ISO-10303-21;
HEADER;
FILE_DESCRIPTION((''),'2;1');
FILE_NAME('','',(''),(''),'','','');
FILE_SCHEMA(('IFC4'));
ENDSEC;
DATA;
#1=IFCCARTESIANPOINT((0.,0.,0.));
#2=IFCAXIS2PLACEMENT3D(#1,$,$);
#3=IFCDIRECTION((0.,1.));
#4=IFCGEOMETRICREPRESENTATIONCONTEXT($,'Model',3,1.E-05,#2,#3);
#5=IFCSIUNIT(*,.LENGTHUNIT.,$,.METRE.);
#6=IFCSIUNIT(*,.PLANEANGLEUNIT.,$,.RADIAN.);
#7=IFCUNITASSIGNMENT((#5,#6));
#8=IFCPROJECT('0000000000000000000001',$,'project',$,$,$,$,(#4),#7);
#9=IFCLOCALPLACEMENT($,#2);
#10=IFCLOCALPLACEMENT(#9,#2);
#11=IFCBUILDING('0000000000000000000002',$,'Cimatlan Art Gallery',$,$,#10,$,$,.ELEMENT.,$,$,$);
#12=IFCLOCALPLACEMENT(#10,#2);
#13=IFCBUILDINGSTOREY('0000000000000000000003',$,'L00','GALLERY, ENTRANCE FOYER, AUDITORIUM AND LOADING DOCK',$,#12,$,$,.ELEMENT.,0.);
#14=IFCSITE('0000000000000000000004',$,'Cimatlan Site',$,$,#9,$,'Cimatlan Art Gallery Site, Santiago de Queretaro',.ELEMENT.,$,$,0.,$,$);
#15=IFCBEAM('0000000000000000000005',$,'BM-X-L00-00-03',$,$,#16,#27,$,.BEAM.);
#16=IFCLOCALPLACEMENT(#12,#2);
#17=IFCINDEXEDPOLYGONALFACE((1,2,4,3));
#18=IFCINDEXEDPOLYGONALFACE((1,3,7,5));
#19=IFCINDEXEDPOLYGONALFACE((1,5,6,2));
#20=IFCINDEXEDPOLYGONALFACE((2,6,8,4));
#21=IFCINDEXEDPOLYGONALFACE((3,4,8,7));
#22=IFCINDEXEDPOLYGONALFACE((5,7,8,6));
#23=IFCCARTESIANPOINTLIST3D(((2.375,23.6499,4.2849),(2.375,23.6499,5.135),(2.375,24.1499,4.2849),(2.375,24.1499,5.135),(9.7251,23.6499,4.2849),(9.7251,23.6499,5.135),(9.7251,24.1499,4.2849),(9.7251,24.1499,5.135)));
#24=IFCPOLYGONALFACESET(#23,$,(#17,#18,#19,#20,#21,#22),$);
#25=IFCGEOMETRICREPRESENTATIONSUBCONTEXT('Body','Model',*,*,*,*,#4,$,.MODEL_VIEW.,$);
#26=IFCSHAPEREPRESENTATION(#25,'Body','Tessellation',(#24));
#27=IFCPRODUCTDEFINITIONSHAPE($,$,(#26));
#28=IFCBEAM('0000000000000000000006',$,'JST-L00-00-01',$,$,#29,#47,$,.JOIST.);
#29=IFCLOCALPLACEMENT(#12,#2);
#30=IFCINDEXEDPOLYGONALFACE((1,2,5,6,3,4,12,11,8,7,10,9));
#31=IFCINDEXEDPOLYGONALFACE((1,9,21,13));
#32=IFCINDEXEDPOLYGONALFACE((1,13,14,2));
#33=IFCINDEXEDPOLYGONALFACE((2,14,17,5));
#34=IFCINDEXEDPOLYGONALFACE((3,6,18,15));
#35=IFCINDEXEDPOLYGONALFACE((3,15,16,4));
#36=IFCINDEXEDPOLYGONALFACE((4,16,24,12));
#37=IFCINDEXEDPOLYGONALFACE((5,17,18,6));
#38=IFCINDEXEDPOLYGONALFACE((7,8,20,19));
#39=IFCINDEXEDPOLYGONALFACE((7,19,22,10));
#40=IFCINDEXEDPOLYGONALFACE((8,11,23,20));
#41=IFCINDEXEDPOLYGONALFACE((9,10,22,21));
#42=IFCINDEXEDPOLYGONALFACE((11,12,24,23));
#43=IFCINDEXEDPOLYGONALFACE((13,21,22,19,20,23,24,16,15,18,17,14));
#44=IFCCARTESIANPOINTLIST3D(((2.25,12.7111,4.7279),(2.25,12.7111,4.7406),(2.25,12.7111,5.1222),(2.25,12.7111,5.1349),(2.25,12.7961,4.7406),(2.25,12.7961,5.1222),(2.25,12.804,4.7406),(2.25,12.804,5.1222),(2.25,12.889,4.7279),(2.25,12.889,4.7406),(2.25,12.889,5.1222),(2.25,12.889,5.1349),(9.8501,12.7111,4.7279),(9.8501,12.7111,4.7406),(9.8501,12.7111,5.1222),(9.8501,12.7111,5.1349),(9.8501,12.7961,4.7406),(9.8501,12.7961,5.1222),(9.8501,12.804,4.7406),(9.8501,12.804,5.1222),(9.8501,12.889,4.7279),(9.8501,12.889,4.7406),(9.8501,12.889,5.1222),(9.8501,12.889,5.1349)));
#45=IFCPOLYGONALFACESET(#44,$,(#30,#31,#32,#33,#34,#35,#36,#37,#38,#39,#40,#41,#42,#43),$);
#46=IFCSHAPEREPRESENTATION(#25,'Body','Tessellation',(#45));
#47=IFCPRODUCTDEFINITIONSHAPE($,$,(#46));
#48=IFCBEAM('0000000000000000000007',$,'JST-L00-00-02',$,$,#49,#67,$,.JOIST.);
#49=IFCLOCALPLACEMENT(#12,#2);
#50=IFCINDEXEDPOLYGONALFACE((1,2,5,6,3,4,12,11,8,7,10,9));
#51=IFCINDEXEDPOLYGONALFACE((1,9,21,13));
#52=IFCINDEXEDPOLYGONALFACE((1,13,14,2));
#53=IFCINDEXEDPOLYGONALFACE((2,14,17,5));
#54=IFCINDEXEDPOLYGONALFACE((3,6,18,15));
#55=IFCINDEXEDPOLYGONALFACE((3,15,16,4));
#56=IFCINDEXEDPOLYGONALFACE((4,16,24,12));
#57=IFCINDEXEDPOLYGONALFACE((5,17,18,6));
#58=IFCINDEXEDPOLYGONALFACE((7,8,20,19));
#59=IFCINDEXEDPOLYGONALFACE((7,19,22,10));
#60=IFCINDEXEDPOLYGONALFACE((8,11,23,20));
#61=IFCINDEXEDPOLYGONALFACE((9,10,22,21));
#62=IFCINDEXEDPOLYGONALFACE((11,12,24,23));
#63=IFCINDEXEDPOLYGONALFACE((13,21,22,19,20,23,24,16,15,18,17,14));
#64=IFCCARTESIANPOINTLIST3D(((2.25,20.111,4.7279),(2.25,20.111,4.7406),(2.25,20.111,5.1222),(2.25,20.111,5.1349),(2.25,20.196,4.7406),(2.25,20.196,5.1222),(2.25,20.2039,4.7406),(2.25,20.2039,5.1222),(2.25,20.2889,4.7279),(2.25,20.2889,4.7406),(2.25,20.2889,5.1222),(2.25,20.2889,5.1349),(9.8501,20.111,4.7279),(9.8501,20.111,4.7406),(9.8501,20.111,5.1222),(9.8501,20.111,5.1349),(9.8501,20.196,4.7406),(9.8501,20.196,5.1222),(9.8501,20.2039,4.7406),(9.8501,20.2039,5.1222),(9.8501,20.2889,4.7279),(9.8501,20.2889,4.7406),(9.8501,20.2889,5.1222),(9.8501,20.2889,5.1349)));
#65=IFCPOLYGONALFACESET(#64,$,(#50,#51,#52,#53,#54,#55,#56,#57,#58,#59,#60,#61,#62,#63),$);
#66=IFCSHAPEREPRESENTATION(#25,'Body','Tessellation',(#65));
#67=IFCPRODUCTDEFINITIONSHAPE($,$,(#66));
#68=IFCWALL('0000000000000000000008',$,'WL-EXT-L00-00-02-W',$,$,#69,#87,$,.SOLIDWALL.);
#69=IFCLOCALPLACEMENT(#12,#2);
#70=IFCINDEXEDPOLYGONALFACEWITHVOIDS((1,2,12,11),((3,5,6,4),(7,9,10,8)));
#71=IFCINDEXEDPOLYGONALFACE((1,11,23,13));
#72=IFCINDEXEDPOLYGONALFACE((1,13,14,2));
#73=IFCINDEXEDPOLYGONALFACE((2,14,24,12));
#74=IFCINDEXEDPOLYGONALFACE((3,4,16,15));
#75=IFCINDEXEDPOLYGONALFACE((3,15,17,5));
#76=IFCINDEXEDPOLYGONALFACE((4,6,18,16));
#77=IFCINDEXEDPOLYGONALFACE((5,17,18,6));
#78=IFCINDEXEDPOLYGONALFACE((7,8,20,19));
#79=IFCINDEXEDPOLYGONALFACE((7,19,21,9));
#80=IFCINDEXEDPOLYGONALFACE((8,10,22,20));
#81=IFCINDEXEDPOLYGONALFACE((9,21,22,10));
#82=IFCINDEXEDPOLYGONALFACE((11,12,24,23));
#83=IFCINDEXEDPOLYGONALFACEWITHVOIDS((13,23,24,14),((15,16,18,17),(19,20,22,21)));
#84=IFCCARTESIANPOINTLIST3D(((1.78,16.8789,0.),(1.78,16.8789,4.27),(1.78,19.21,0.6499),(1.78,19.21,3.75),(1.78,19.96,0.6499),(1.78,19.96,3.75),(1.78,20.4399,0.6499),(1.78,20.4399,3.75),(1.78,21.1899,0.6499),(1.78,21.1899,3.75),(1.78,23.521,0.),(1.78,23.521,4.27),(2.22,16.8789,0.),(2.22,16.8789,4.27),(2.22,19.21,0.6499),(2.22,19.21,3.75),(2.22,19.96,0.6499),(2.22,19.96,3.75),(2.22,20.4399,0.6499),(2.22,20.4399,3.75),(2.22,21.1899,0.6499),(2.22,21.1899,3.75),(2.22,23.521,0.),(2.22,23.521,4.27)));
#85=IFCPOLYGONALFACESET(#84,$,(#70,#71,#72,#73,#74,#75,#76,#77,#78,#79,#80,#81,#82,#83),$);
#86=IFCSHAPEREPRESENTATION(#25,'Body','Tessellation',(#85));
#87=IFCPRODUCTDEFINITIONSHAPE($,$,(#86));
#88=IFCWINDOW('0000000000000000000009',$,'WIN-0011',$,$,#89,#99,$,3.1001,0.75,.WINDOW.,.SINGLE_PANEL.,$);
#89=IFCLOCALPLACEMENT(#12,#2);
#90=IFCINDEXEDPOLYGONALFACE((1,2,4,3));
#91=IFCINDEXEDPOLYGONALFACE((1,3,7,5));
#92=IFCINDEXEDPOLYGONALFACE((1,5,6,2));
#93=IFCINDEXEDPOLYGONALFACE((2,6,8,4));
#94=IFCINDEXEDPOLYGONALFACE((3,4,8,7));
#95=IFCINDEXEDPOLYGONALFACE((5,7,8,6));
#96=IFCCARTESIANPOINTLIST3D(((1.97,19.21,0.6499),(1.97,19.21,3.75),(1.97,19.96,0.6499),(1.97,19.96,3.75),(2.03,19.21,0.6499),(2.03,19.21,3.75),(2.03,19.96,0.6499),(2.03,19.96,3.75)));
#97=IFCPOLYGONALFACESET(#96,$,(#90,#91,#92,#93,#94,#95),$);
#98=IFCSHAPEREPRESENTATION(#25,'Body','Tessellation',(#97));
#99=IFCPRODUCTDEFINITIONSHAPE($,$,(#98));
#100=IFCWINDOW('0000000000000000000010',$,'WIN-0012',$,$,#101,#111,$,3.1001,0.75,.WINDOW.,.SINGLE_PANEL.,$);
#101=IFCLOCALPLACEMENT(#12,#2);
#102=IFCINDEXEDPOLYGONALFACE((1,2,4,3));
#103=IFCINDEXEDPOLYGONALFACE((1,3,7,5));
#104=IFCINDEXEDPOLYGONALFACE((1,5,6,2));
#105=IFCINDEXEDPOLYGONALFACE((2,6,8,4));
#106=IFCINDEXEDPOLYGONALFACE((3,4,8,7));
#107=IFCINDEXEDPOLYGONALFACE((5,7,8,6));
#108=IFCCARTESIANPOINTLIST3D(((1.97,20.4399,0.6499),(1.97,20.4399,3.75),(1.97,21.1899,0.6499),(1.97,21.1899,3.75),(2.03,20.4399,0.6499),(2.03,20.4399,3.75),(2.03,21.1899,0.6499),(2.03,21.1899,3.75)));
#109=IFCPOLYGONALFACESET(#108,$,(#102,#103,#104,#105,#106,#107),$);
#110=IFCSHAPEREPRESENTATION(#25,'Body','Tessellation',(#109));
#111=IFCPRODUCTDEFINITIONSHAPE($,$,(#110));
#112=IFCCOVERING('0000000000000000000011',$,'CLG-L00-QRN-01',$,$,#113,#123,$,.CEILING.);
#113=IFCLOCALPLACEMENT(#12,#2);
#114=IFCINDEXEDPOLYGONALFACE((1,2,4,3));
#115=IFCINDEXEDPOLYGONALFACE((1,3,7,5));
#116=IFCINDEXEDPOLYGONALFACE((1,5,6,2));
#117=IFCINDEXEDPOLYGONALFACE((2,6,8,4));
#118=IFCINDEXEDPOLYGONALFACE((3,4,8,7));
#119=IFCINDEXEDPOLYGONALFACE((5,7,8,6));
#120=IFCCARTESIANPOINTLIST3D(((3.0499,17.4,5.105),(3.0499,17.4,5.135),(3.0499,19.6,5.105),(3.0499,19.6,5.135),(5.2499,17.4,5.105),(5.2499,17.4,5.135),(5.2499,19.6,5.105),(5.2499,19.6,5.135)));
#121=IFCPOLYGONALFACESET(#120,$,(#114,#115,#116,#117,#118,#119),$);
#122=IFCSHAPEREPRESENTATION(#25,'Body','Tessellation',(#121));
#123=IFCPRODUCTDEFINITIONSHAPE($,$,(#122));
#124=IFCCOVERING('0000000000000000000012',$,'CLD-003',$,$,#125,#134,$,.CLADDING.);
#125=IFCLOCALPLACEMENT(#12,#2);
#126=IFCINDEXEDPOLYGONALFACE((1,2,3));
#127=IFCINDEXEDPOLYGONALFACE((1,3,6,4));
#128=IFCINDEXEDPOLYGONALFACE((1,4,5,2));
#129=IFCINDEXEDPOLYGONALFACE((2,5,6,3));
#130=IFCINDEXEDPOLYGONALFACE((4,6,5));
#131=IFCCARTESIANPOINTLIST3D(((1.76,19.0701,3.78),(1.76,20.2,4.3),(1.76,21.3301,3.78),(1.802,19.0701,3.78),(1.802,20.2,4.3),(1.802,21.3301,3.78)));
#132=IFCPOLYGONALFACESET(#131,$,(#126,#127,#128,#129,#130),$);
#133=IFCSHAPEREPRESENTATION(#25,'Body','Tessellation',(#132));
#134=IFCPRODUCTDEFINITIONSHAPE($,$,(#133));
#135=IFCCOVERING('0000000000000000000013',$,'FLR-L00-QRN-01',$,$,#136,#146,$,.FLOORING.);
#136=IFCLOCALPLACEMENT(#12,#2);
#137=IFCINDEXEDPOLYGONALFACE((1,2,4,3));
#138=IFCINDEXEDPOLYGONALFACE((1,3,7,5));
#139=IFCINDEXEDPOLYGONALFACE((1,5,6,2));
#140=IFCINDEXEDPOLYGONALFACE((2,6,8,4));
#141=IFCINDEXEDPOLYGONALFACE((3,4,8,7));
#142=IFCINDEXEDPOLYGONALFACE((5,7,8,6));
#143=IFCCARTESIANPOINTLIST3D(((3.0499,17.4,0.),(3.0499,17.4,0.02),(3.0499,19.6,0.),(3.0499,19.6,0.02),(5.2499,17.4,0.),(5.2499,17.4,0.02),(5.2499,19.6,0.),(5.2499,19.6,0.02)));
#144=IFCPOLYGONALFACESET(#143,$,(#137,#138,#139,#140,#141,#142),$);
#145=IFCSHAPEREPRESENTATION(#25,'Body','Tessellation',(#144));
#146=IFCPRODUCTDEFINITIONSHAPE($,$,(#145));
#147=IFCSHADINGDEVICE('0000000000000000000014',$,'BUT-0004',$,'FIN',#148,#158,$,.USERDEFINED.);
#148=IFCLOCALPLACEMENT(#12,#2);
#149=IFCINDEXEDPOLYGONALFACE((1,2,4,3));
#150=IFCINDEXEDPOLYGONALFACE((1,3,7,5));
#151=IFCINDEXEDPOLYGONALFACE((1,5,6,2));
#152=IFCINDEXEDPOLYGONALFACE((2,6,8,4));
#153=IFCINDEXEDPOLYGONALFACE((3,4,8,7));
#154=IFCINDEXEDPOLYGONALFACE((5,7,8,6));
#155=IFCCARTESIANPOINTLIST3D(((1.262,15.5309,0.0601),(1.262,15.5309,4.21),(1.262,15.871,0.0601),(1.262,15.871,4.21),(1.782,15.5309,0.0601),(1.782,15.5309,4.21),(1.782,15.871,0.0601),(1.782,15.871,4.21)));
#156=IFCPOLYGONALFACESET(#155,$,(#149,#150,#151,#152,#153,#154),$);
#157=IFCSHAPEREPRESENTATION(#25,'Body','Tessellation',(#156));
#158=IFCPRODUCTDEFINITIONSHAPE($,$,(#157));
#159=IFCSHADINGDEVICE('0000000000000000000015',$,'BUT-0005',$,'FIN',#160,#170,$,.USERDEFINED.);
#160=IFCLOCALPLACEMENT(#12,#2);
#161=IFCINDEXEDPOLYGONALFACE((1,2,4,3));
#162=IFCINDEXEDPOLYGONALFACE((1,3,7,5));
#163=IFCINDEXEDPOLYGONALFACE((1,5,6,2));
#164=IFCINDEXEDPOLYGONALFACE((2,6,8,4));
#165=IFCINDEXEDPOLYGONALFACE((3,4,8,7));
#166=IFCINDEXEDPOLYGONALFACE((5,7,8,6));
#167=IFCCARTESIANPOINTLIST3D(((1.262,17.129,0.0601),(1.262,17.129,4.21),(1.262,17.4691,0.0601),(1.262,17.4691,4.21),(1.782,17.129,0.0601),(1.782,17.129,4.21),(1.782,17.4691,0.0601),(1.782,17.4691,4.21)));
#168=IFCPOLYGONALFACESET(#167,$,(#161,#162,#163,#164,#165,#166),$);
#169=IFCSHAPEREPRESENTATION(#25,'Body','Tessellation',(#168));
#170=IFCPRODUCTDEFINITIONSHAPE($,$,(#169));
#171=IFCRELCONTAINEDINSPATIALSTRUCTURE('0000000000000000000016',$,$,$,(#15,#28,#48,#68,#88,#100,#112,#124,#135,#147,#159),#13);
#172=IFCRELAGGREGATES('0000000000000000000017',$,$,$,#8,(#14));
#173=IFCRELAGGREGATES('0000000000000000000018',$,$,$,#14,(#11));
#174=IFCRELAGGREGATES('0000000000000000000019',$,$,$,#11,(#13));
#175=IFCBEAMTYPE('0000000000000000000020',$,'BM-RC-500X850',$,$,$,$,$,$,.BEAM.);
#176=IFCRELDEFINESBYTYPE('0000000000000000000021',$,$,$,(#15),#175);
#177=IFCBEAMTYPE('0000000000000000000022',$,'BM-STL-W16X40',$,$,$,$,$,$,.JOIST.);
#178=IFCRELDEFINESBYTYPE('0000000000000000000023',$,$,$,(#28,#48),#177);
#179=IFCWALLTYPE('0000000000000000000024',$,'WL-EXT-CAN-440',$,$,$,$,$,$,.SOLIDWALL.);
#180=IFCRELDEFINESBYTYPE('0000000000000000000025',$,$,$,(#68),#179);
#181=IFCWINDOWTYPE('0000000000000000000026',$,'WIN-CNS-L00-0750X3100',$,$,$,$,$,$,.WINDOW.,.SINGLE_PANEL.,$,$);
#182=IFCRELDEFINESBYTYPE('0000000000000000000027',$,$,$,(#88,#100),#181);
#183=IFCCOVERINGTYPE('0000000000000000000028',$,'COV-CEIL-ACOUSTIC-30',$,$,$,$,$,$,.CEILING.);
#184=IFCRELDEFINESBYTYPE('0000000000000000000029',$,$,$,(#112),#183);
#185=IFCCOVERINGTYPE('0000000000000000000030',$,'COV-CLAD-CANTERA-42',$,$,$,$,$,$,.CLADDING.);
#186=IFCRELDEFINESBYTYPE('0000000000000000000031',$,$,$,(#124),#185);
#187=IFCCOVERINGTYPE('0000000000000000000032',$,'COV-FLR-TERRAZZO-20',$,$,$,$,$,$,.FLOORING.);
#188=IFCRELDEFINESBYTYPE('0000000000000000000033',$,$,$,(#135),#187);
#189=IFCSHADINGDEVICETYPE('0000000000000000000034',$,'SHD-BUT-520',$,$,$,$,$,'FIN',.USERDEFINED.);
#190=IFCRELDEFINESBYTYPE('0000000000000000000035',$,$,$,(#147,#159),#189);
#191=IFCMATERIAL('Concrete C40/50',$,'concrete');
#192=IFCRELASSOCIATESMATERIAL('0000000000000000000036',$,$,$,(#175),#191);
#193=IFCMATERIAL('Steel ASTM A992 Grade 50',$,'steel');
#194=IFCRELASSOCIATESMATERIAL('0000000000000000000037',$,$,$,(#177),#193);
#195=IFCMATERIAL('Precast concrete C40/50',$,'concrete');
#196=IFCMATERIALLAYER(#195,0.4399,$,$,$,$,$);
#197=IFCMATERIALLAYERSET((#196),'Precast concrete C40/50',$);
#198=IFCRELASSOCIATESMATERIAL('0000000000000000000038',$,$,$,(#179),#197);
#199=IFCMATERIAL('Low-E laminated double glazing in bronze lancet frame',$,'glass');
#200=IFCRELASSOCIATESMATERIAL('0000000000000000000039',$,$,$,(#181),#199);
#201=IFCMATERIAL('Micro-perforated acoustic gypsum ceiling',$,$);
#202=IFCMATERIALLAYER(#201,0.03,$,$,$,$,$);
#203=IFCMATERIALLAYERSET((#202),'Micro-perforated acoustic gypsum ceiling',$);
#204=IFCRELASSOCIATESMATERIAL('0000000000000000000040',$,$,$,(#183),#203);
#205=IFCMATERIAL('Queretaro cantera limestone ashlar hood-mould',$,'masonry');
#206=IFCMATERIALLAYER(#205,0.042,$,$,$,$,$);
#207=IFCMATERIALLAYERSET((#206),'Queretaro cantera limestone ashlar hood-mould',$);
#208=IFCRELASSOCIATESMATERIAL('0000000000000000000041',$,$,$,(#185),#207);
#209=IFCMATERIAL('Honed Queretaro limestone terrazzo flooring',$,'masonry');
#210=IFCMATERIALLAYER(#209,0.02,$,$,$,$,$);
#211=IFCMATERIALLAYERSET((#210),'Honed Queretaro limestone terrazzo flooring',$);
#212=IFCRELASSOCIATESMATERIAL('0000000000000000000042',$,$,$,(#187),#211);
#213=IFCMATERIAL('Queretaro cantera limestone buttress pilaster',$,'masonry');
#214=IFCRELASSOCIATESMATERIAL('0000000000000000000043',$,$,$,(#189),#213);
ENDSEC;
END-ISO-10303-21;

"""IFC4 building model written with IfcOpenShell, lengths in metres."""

from ifc_helpers import new_model, si_unit, direction, frame, frame_2d, origin, origin_2d, place, context, subcontext, project, spatial, polyline, rectangle, i_section, outline, extrude, material, layer, layer_set, material_profile, profile_set, type_object, element, fill, save


model = new_model("IFC4")

# Units and contexts
model_context = context("Model", 3, precision=1e-05, world=origin(), true_north=direction((0.0, 1.0)))
body_context = subcontext(model_context, "Body", "Model", "MODEL_VIEW")
ifc_project = project(units=[si_unit("LENGTHUNIT", "METRE"), si_unit("PLANEANGLEUNIT", "RADIAN")], contexts=[model_context])

# Site, building, storey
site_placement = place(None, origin())
site = spatial("IfcSite", under=ifc_project, at=site_placement, Name="Cimatlan Site", LongName="Cimatlan Art Gallery Site, Santiago de Queretaro", CompositionType="ELEMENT", RefElevation=0.0)
building_placement = place(site_placement, origin())
building = spatial("IfcBuilding", under=site, at=building_placement, Name="Cimatlan Art Gallery", CompositionType="ELEMENT")
storey_placement = place(building_placement, origin())
storey = spatial("IfcBuildingStorey", under=building, at=storey_placement, Name="L00", Description="GALLERY, ENTRANCE FOYER, AUDITORIUM AND LOADING DOCK", CompositionType="ELEMENT", Elevation=0.0)

# Shared definitions
ifc_material_1 = material(Name="Concrete C40/50", Category="concrete")

# Beams
ifc_material_profile_1 = material_profile(ifc_material_1, rectangle(XDim=0.5, YDim=0.8501, at=origin_2d()), Name="RC500X850")
ifc_profile_set_1 = profile_set([ifc_material_profile_1], Name="Concrete C40/50")
beam_type_1 = type_object("IfcBeamType", Name="BM-RC-500X850", PredefinedType="BEAM", material=ifc_profile_set_1)
for number, where, z_axis, x_axis, name in (
    (1, (2.375, 23.8999, 4.71), (1.0, 0.0, 0.0), (0.0, 1.0, 0.0), "BM-X-L00-00-03"),
):
    element("IfcBeam", number, at=place(storey_placement, frame(where, z_axis=z_axis, x_axis=x_axis)), inside=storey, type_object=beam_type_1, Name=name, PredefinedType="BEAM", context=body_context, shape_type="SweptSolid", body=[
        extrude(rectangle(XDim=0.5, YDim=0.8501, at=origin_2d()), origin(), (0.0, 0.0, 1.0), 7.3501),
    ])
ifc_material_2 = material(Name="Steel ASTM A992 Grade 50", Category="steel")
ifc_material_profile_2 = material_profile(ifc_material_2, i_section(OverallWidth=0.178, OverallDepth=0.407, WebThickness=0.0078, FlangeThickness=0.0127, at=origin_2d()), Name="W16X40")
ifc_profile_set_2 = profile_set([ifc_material_profile_2], Name="Steel ASTM A992 Grade 50")
beam_type_2 = type_object("IfcBeamType", Name="BM-STL-W16X40", PredefinedType="JOIST", material=ifc_profile_set_2)
for number, where, z_axis, x_axis, name in (
    (2, (2.25, 12.8, 4.9314), (1.0, 0.0, 0.0), (0.0, 1.0, 0.0), "JST-L00-00-01"),
    (3, (2.25, 20.2, 4.9314), (1.0, 0.0, 0.0), (0.0, 1.0, 0.0), "JST-L00-00-02"),
):
    element("IfcBeam", number, at=place(storey_placement, frame(where, z_axis=z_axis, x_axis=x_axis)), inside=storey, type_object=beam_type_2, Name=name, PredefinedType="JOIST", context=body_context, shape_type="SweptSolid", body=[
        extrude(i_section(OverallWidth=0.178, OverallDepth=0.407, WebThickness=0.0078, FlangeThickness=0.0127, at=origin_2d()), origin(), (0.0, 0.0, 1.0), 7.6001),
    ])

# Shared definitions
ifc_material_3 = material(Name="Precast concrete C40/50", Category="concrete")

# Wall, openings, windows
ifc_layer_1 = layer(ifc_material_3, 0.4399)
ifc_layer_set_1 = layer_set([ifc_layer_1], Name="Precast concrete C40/50")
wall_type_1 = type_object("IfcWallType", Name="WL-EXT-CAN-440", PredefinedType="SOLIDWALL", material=ifc_layer_set_1)
wall_1_placement = place(storey_placement, frame((2.0, 16.8789, 0.0), z_axis=(0.0, 0.0, 1.0), x_axis=(0.0, 1.0, 0.0)))
wall_1 = element("IfcWall", 4, at=wall_1_placement, inside=storey, type_object=wall_type_1, Name="WL-EXT-L00-00-02-W", PredefinedType="SOLIDWALL", context=body_context, shape_type="SweptSolid", body=[
    extrude(rectangle(XDim=6.6421, YDim=0.4399, at=frame_2d((3.321, 0.0))), origin(), (0.0, 0.0, 1.0), 4.27),
])
opening_1_placement = place(wall_1_placement, frame((2.3311, 0.0, 0.6499)))
opening_1 = element("IfcOpeningElement", 5, at=opening_1_placement, cuts=wall_1, PredefinedType="OPENING", context=body_context, shape_type="SweptSolid", body=[
    extrude(rectangle(XDim=0.75, YDim=3.1001, at=frame_2d((0.375, 1.55))), frame((0.0, 0.23, 0.0), z_axis=(0.0, -1.0, 0.0), x_axis=(1.0, 0.0, 0.0)), (0.0, 0.0, 1.0), 0.46),
])
opening_2_placement = place(wall_1_placement, frame((3.561, 0.0, 0.6499)))
opening_2 = element("IfcOpeningElement", 6, at=opening_2_placement, cuts=wall_1, PredefinedType="OPENING", context=body_context, shape_type="SweptSolid", body=[
    extrude(rectangle(XDim=0.75, YDim=3.1001, at=frame_2d((0.375, 1.55))), frame((0.0, 0.23, 0.0), z_axis=(0.0, -1.0, 0.0), x_axis=(1.0, 0.0, 0.0)), (0.0, 0.0, 1.0), 0.46),
])
ifc_material_4 = material(Name="Low-E laminated double glazing in bronze lancet frame", Category="glass")
window_type = type_object("IfcWindowType", Name="WIN-CNS-L00-0750X3100", PartitioningType="SINGLE_PANEL", PredefinedType="WINDOW", material=ifc_material_4)
window_1_placement = place(opening_1_placement, origin())
window_1 = element("IfcWindow", 7, at=window_1_placement, inside=storey, type_object=window_type, Name="WIN-0011", OverallHeight=3.1001, OverallWidth=0.75, PartitioningType="SINGLE_PANEL", PredefinedType="WINDOW", context=body_context, shape_type="SweptSolid", body=[
    extrude(rectangle(XDim=0.75, YDim=3.1001, at=frame_2d((0.375, 1.55))), frame((0.0, 0.03, 0.0), z_axis=(0.0, -1.0, 0.0), x_axis=(1.0, 0.0, 0.0)), (0.0, 0.0, 1.0), 0.0601),
])
fill(opening_1, window_1)
window_2_placement = place(opening_2_placement, origin())
window_2 = element("IfcWindow", 8, at=window_2_placement, inside=storey, type_object=window_type, Name="WIN-0012", OverallHeight=3.1001, OverallWidth=0.75, PartitioningType="SINGLE_PANEL", PredefinedType="WINDOW", context=body_context, shape_type="SweptSolid", body=[
    extrude(rectangle(XDim=0.75, YDim=3.1001, at=frame_2d((0.375, 1.55))), frame((0.0, 0.03, 0.0), z_axis=(0.0, -1.0, 0.0), x_axis=(1.0, 0.0, 0.0)), (0.0, 0.0, 1.0), 0.0601),
])
fill(opening_2, window_2)

# Coverings
ifc_material_5 = material(Name="Micro-perforated acoustic gypsum ceiling")
ifc_layer_2 = layer(ifc_material_5, 0.03)
ifc_layer_set_2 = layer_set([ifc_layer_2], Name="Micro-perforated acoustic gypsum ceiling")
covering_type_1 = type_object("IfcCoveringType", Name="COV-CEIL-ACOUSTIC-30", PredefinedType="CEILING", material=ifc_layer_set_2)
covering_1_placement = place(storey_placement, frame((4.1499, 18.5, 5.105), z_axis=(0.0, 0.0, 1.0), x_axis=(1.0, 0.0, 0.0)))
element("IfcCovering", 9, at=covering_1_placement, inside=storey, type_object=covering_type_1, Name="CLG-L00-QRN-01", PredefinedType="CEILING", context=body_context, shape_type="SweptSolid", body=[
    extrude(rectangle(XDim=2.2, YDim=2.2, at=origin_2d()), origin(), (0.0, 0.0, 1.0), 0.03),
])
ifc_material_6 = material(Name="Queretaro cantera limestone ashlar hood-mould", Category="masonry")
ifc_layer_3 = layer(ifc_material_6, 0.042)
ifc_layer_set_3 = layer_set([ifc_layer_3], Name="Queretaro cantera limestone ashlar hood-mould")
covering_type_2 = type_object("IfcCoveringType", Name="COV-CLAD-CANTERA-42", PredefinedType="CLADDING", material=ifc_layer_set_3)
covering_2_placement = place(storey_placement, frame((1.802, 19.0701, 3.78), z_axis=(1.0, 0.0, 0.0), x_axis=(0.0, 1.0, 0.0)))
element("IfcCovering", 10, at=covering_2_placement, inside=storey, type_object=covering_type_2, Name="CLD-003", PredefinedType="CLADDING", context=body_context, shape_type="SweptSolid", body=[
    extrude(outline(polyline([(0.0, 0.0), (2.26, 0.0), (1.1299, 0.52), (0.0, 0.0)])), origin(), (0.0, 0.0, -1.0), 0.042),
])
ifc_material_7 = material(Name="Honed Queretaro limestone terrazzo flooring", Category="masonry")
ifc_layer_4 = layer(ifc_material_7, 0.02)
ifc_layer_set_4 = layer_set([ifc_layer_4], Name="Honed Queretaro limestone terrazzo flooring")
covering_type_3 = type_object("IfcCoveringType", Name="COV-FLR-TERRAZZO-20", PredefinedType="FLOORING", material=ifc_layer_set_4)
covering_3_placement = place(storey_placement, frame((4.1499, 18.5, 0.0), z_axis=(0.0, 0.0, 1.0), x_axis=(1.0, 0.0, 0.0)))
element("IfcCovering", 11, at=covering_3_placement, inside=storey, type_object=covering_type_3, Name="FLR-L00-QRN-01", PredefinedType="FLOORING", context=body_context, shape_type="SweptSolid", body=[
    extrude(rectangle(XDim=2.2, YDim=2.2, at=origin_2d()), origin(), (0.0, 0.0, 1.0), 0.02),
])

# Shading devices
ifc_material_8 = material(Name="Queretaro cantera limestone buttress pilaster", Category="masonry")
shading_device_type_1 = type_object("IfcShadingDeviceType", Name="SHD-BUT-520", ElementType="FIN", PredefinedType="USERDEFINED", material=ifc_material_8)
for number, where, z_axis, x_axis, name in (
    (12, (1.522, 15.7009, 0.0601), (0.0, 0.0, 1.0), (0.0, 1.0, 0.0), "BUT-0004"),
    (13, (1.522, 17.2991, 0.0601), (0.0, 0.0, 1.0), (0.0, 1.0, 0.0), "BUT-0005"),
):
    element("IfcShadingDevice", number, at=place(storey_placement, frame(where, z_axis=z_axis, x_axis=x_axis)), inside=storey, type_object=shading_device_type_1, Name=name, ObjectType="FIN", PredefinedType="USERDEFINED", context=body_context, shape_type="SweptSolid", body=[
        extrude(rectangle(XDim=0.3401, YDim=0.52, at=origin_2d()), origin(), (0.0, 0.0, 1.0), 4.1499),
    ])

save(model, "model.ifc")
